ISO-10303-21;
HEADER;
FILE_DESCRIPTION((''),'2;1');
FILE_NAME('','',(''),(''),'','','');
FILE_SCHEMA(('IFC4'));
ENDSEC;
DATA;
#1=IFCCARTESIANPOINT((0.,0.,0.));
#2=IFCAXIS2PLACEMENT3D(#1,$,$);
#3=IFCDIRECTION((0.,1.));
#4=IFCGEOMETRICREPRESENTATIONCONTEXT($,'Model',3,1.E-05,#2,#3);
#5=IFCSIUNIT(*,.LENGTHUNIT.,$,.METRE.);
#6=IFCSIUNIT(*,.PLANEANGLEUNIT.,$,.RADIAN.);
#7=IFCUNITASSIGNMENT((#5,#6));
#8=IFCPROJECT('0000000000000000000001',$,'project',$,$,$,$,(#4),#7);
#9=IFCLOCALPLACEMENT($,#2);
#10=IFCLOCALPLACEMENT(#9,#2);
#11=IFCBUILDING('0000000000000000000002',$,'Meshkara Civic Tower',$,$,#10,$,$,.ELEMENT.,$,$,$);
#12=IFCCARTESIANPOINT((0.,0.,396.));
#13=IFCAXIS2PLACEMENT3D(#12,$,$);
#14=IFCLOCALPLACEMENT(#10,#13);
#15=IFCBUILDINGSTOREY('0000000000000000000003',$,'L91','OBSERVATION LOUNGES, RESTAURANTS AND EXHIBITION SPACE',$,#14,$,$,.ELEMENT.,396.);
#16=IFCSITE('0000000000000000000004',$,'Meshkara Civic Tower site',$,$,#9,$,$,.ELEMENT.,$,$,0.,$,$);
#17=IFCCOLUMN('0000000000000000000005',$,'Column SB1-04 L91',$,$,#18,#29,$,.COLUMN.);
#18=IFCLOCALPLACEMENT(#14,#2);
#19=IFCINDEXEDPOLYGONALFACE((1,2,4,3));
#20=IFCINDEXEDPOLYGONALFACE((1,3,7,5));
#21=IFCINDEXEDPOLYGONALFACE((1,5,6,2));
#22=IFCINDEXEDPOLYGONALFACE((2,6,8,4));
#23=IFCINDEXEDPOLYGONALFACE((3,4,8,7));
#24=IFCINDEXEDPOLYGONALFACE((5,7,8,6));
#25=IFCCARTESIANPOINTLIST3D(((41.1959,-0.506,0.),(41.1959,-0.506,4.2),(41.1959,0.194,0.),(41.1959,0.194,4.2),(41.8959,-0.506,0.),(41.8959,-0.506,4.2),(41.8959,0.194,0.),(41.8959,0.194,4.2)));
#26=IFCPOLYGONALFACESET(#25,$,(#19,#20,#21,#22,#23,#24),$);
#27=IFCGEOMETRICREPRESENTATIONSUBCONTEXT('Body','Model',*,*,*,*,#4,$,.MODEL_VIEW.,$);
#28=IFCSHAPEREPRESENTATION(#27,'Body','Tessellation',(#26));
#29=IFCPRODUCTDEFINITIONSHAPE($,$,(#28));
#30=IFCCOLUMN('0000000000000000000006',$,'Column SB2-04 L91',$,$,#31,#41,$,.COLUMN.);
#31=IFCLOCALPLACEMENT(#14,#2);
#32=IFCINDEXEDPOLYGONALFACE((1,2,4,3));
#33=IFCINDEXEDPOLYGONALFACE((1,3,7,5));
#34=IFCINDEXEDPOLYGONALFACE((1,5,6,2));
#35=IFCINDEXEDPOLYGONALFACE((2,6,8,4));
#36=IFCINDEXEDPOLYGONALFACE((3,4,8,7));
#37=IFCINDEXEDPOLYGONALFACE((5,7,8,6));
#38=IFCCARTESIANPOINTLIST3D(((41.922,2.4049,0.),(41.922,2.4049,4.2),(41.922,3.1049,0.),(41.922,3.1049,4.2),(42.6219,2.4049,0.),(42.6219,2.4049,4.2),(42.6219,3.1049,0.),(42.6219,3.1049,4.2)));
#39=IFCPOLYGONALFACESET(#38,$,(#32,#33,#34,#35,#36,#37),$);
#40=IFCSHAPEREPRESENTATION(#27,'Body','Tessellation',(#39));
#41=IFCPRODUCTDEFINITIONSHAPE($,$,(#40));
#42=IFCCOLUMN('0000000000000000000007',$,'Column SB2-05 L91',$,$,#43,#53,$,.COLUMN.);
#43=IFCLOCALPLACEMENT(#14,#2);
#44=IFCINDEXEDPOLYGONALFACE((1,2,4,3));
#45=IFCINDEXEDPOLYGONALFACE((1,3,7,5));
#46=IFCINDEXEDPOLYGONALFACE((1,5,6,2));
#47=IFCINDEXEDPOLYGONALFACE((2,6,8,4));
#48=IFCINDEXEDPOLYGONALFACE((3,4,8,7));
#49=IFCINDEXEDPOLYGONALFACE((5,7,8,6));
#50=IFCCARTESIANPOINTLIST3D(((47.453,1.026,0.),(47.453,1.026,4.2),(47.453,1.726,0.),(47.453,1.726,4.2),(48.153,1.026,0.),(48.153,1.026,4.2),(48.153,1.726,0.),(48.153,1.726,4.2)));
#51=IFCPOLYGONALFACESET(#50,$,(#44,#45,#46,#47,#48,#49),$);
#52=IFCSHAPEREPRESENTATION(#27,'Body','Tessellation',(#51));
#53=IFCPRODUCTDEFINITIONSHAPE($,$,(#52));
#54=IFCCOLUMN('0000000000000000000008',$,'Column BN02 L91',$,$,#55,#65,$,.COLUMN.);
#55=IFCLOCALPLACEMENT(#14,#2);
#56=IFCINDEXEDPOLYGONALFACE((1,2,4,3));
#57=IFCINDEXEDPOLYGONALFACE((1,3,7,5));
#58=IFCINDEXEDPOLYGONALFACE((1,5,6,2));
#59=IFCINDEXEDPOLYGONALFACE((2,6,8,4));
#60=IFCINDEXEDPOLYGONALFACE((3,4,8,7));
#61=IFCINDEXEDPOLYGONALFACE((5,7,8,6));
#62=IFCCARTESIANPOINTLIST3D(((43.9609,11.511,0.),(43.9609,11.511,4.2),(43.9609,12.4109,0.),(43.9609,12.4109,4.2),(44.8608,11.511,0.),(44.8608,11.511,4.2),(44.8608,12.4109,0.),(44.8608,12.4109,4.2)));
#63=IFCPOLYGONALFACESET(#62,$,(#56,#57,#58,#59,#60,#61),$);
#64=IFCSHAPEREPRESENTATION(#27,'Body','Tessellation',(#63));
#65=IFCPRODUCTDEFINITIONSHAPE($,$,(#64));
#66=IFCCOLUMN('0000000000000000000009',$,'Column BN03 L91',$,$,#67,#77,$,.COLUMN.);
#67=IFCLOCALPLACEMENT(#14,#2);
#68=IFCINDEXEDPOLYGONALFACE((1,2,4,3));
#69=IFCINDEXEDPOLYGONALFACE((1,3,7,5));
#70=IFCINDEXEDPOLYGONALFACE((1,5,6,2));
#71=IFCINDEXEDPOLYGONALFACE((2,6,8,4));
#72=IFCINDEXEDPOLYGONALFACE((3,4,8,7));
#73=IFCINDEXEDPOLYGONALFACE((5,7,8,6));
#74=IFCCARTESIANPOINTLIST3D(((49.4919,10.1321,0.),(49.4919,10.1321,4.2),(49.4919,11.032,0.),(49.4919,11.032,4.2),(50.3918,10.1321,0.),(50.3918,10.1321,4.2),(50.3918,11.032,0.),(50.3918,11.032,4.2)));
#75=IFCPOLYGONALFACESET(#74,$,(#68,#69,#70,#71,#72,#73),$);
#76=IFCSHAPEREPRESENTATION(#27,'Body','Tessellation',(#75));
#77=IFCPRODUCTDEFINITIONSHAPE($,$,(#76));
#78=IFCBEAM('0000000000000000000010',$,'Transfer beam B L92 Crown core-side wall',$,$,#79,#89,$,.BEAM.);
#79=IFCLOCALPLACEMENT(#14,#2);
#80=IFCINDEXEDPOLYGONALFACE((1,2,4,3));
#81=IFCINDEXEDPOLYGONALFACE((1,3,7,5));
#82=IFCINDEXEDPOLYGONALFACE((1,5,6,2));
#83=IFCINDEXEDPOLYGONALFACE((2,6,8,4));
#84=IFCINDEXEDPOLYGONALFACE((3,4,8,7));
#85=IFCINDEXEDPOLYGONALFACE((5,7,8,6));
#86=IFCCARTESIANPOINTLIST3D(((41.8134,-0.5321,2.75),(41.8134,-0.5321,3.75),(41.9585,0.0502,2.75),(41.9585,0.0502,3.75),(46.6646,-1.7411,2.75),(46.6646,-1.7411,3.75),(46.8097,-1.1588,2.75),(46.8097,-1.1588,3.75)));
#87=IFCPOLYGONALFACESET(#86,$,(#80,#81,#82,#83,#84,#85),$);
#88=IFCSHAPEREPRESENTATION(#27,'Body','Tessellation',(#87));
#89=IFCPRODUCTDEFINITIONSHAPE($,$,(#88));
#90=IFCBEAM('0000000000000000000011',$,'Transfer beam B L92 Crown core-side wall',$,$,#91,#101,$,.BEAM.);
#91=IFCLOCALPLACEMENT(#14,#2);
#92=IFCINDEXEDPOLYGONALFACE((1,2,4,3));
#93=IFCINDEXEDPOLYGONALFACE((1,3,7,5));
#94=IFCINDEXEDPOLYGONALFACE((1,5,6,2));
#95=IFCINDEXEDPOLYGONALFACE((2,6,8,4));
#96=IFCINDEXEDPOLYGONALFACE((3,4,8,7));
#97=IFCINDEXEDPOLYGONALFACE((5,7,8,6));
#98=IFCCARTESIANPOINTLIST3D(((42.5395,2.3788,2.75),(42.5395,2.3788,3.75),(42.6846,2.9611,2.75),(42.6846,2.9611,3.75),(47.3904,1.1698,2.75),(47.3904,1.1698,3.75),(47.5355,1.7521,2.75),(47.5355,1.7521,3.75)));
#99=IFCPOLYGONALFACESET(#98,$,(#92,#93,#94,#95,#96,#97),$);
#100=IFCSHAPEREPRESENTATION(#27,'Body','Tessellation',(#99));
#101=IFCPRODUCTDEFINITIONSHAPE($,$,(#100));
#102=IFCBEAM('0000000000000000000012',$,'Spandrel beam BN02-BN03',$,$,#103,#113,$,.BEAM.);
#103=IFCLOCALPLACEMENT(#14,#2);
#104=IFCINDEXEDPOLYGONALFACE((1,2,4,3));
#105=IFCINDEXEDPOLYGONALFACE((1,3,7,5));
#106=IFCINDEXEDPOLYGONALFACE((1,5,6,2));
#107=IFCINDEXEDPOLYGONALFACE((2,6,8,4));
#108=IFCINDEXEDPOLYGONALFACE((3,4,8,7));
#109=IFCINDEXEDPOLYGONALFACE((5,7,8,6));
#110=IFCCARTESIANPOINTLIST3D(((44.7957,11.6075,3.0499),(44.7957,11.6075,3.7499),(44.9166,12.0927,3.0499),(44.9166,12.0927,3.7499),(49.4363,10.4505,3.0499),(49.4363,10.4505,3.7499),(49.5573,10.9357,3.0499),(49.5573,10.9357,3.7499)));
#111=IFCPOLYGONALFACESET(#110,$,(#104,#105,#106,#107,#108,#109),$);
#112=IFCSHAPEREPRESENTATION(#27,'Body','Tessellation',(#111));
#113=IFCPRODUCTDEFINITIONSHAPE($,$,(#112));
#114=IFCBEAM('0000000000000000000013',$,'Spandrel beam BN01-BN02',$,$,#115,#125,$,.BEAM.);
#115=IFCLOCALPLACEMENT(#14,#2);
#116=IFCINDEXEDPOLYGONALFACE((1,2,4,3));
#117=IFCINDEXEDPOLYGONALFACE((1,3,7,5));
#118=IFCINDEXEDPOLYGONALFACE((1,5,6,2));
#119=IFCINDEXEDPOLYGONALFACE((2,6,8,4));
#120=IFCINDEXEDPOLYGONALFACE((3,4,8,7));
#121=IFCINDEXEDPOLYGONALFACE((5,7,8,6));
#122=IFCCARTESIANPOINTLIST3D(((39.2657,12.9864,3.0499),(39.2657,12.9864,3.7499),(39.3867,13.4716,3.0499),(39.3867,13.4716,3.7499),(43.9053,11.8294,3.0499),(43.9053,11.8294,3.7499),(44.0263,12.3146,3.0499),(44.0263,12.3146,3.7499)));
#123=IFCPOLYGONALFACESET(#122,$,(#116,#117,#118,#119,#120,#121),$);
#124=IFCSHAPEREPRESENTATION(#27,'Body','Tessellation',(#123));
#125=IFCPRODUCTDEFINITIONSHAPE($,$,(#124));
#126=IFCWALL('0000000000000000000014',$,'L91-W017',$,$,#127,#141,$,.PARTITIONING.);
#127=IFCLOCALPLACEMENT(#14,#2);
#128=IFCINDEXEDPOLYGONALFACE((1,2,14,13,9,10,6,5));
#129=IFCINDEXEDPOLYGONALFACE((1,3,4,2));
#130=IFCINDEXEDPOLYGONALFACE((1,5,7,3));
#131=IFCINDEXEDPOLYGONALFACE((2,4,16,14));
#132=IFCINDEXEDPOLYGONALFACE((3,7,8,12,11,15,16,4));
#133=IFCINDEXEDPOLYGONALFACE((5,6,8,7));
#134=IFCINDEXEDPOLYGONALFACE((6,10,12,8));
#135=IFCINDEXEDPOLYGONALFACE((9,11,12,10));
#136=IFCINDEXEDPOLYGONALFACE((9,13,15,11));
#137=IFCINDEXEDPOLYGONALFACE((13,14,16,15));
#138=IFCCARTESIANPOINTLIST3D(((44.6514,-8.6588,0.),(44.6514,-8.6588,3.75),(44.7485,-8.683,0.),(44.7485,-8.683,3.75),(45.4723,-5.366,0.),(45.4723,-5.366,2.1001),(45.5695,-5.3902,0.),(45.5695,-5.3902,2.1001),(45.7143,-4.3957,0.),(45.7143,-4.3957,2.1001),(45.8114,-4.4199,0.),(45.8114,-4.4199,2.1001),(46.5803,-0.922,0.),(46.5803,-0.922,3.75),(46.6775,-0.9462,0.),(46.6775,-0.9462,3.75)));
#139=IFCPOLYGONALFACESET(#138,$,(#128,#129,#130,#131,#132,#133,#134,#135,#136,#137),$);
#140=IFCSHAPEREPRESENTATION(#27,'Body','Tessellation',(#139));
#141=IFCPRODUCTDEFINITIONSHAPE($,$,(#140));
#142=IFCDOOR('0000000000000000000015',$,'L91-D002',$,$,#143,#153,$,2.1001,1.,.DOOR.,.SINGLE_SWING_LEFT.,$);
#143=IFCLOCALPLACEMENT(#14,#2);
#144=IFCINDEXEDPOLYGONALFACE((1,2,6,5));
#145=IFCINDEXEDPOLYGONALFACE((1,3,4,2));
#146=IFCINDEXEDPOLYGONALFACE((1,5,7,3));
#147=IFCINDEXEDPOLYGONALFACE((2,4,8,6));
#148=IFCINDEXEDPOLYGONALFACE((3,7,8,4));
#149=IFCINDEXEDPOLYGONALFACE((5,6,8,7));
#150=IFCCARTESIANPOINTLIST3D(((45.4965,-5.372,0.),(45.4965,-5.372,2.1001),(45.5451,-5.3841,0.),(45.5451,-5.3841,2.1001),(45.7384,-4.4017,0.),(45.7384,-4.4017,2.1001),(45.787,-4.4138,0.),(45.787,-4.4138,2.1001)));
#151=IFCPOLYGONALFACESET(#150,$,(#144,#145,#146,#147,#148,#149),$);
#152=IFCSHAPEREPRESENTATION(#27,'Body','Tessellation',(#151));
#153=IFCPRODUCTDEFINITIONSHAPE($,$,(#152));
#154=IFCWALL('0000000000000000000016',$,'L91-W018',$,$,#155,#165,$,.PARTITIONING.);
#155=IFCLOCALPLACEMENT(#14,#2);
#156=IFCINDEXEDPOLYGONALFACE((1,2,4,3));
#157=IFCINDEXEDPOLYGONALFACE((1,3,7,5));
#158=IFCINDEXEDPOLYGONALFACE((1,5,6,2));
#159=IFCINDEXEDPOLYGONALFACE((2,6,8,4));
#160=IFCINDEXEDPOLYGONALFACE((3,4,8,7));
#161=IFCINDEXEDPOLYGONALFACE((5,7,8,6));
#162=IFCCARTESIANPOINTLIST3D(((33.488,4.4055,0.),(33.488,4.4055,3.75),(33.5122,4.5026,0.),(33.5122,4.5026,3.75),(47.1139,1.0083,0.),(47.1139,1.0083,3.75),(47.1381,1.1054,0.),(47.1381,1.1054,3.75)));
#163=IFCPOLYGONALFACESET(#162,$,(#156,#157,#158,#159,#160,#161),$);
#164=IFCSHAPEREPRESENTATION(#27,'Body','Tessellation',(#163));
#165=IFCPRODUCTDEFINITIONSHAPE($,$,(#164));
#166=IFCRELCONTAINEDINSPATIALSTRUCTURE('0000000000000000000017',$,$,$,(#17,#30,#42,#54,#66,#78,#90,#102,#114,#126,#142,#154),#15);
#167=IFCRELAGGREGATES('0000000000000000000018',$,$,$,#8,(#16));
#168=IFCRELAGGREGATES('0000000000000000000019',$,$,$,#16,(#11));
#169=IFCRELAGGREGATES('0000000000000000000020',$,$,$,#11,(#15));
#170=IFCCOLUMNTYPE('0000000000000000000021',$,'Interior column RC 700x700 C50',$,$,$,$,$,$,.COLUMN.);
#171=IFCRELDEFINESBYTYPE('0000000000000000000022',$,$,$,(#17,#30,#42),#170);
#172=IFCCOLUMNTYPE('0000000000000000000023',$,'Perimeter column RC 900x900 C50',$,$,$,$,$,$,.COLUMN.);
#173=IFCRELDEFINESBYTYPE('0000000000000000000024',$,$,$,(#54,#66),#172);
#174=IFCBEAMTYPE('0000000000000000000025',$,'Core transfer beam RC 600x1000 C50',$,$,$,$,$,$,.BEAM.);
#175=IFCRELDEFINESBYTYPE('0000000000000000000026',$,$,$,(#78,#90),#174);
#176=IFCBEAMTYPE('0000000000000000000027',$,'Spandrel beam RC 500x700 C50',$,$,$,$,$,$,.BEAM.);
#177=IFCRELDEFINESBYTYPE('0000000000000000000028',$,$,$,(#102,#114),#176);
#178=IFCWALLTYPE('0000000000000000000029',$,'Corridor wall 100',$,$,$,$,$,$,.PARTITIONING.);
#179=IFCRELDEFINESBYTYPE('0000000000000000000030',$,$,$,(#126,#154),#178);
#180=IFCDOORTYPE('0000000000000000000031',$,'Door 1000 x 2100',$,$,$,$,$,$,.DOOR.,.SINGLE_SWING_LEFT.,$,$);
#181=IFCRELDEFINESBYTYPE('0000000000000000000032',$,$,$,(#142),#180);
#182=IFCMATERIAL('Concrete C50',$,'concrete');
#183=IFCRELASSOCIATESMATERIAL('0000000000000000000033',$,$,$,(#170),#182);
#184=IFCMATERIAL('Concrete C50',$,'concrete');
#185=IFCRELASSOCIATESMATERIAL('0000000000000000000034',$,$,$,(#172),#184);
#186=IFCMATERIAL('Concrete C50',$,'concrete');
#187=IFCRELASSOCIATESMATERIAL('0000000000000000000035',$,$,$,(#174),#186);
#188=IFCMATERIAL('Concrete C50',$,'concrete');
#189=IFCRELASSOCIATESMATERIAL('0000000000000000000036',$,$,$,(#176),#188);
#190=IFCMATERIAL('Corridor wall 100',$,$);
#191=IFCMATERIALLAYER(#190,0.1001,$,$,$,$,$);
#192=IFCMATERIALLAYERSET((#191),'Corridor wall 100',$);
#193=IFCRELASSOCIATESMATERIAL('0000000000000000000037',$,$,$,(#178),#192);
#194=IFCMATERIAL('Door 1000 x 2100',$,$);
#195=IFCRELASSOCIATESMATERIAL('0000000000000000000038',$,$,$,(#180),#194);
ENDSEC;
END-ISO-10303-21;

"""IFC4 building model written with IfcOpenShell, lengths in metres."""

from ifc_helpers import new_model, si_unit, direction, frame, frame_2d, origin, origin_2d, place, context, subcontext, project, spatial, rectangle, extrude, material, layer, layer_set, material_profile, profile_set, type_object, element, fill, save


model = new_model("IFC4")

# Units and contexts
model_context = context("Model", 3, precision=1e-05, world=origin(), true_north=direction((0.0, 1.0)))
body_context = subcontext(model_context, "Body", "Model", "MODEL_VIEW")
ifc_project = project(units=[si_unit("LENGTHUNIT", "METRE"), si_unit("PLANEANGLEUNIT", "RADIAN")], contexts=[model_context])

# Site, building, storey
site_placement = place(None, origin())
site = spatial("IfcSite", under=ifc_project, at=site_placement, Name="Meshkara Civic Tower site", CompositionType="ELEMENT", RefElevation=0.0)
building_placement = place(site_placement, origin())
building = spatial("IfcBuilding", under=site, at=building_placement, Name="Meshkara Civic Tower", CompositionType="ELEMENT")
storey_placement = place(building_placement, frame((0.0, 0.0, 396.0)))
storey = spatial("IfcBuildingStorey", under=building, at=storey_placement, Name="L91", Description="OBSERVATION LOUNGES, RESTAURANTS AND EXHIBITION SPACE", CompositionType="ELEMENT", Elevation=396.0)

# Columns
ifc_material_1 = material(Name="Concrete C50", Category="concrete")
ifc_material_profile_1 = material_profile(ifc_material_1, rectangle(XDim=0.7, YDim=0.7, at=origin_2d()))
ifc_profile_set_1 = profile_set([ifc_material_profile_1], Name="Concrete C50")
column_type_1 = type_object("IfcColumnType", Name="Interior column RC 700x700 C50", PredefinedType="COLUMN", material=ifc_profile_set_1)
for number, where, z_axis, x_axis, name in (
    (1, (41.5459, -0.156, 0.0), (0.0, 0.0, 1.0), (1.0, 0.0, 0.0), "Column SB1-04 L91"),
    (2, (42.272, 2.7549, 0.0), (0.0, 0.0, 1.0), (1.0, 0.0, 0.0), "Column SB2-04 L91"),
    (3, (47.803, 1.376, 0.0), (0.0, 0.0, 1.0), (1.0, 0.0, 0.0), "Column SB2-05 L91"),
):
    element("IfcColumn", number, at=place(storey_placement, frame(where, z_axis=z_axis, x_axis=x_axis)), inside=storey, type_object=column_type_1, Name=name, PredefinedType="COLUMN", context=body_context, shape_type="SweptSolid", body=[
        extrude(rectangle(XDim=0.7, YDim=0.7, at=origin_2d()), origin(), (0.0, 0.0, 1.0), 4.2),
    ])
ifc_material_2 = material(Name="Concrete C50", Category="concrete")
ifc_material_profile_2 = material_profile(ifc_material_2, rectangle(XDim=0.8999, YDim=0.8999, at=origin_2d()))
ifc_profile_set_2 = profile_set([ifc_material_profile_2], Name="Concrete C50")
column_type_2 = type_object("IfcColumnType", Name="Perimeter column RC 900x900 C50", PredefinedType="COLUMN", material=ifc_profile_set_2)
for number, where, z_axis, x_axis, name in (
    (4, (44.4109, 11.9609, 0.0), (0.0, 0.0, 1.0), (1.0, 0.0, 0.0), "Column BN02 L91"),
    (5, (49.9419, 10.582, 0.0), (0.0, 0.0, 1.0), (1.0, 0.0, 0.0), "Column BN03 L91"),
):
    element("IfcColumn", number, at=place(storey_placement, frame(where, z_axis=z_axis, x_axis=x_axis)), inside=storey, type_object=column_type_2, Name=name, PredefinedType="COLUMN", context=body_context, shape_type="SweptSolid", body=[
        extrude(rectangle(XDim=0.8999, YDim=0.8999, at=origin_2d()), origin(), (0.0, 0.0, 1.0), 4.2),
    ])

# Beams
ifc_material_3 = material(Name="Concrete C50", Category="concrete")
ifc_material_profile_3 = material_profile(ifc_material_3, rectangle(XDim=0.6001, YDim=1.0, at=origin_2d()))
ifc_profile_set_3 = profile_set([ifc_material_profile_3], Name="Concrete C50")
beam_type_1 = type_object("IfcBeamType", Name="Core transfer beam RC 600x1000 C50", PredefinedType="BEAM", material=ifc_profile_set_3)
beam_1_placement = place(storey_placement, frame((41.886, -0.241, 3.25), z_axis=(0.97032, -0.241823, 0.0), x_axis=(0.241823, 0.97032, 0.0)))
element("IfcBeam", 6, at=beam_1_placement, inside=storey, type_object=beam_type_1, Name="Transfer beam B L92 Crown core-side wall", PredefinedType="BEAM", context=body_context, shape_type="SweptSolid", body=[
    extrude(rectangle(XDim=0.6001, YDim=1.0, at=origin_2d()), origin(), (0.0, 0.0, 1.0), 4.9995),
])
beam_2_placement = place(storey_placement, frame((42.6121, 2.6699, 3.25), z_axis=(0.970317, -0.241835, 0.0), x_axis=(0.241835, 0.970317, 0.0)))
element("IfcBeam", 7, at=beam_2_placement, inside=storey, type_object=beam_type_1, Name="Transfer beam B L92 Crown core-side wall", PredefinedType="BEAM", context=body_context, shape_type="SweptSolid", body=[
    extrude(rectangle(XDim=0.6001, YDim=1.0, at=origin_2d()), origin(), (0.0, 0.0, 1.0), 4.9993),
])
ifc_material_4 = material(Name="Concrete C50", Category="concrete")
ifc_material_profile_4 = material_profile(ifc_material_4, rectangle(XDim=0.5, YDim=0.7, at=origin_2d()))
ifc_profile_set_4 = profile_set([ifc_material_profile_4], Name="Concrete C50")
beam_type_2 = type_object("IfcBeamType", Name="Spandrel beam RC 500x700 C50", PredefinedType="BEAM", material=ifc_profile_set_4)
beam_3_placement = place(storey_placement, frame((49.4968, 10.6931, 3.3999), z_axis=(-0.970298, 0.241911, 0.0), x_axis=(-0.241911, -0.970298, 0.0)))
element("IfcBeam", 8, at=beam_3_placement, inside=storey, type_object=beam_type_2, Name="Spandrel beam BN02-BN03", PredefinedType="BEAM", context=body_context, shape_type="SweptSolid", body=[
    extrude(rectangle(XDim=0.5, YDim=0.7, at=origin_2d()), origin(), (0.0, 0.0, 1.0), 4.7827),
])
beam_4_placement = place(storey_placement, frame((43.9658, 12.072, 3.3999), z_axis=(-0.970286, 0.241959, 0.0), x_axis=(-0.241959, -0.970286, 0.0)))
element("IfcBeam", 9, at=beam_4_placement, inside=storey, type_object=beam_type_2, Name="Spandrel beam BN01-BN02", PredefinedType="BEAM", context=body_context, shape_type="SweptSolid", body=[
    extrude(rectangle(XDim=0.5, YDim=0.7, at=origin_2d()), origin(), (0.0, 0.0, 1.0), 4.7817),
])

# Wall, opening, door
ifc_material_5 = material(Name="Corridor wall 100")
ifc_layer_1 = layer(ifc_material_5, 0.1001)
ifc_layer_set_1 = layer_set([ifc_layer_1], Name="Corridor wall 100")
wall_type_1 = type_object("IfcWallType", Name="Corridor wall 100", PredefinedType="PARTITIONING", material=ifc_layer_set_1)
wall_1_placement = place(storey_placement, frame((46.6289, -0.9341, 0.0), z_axis=(0.0, 0.0, 1.0), x_axis=(-0.241916, -0.970297, 0.0)))
wall_1 = element("IfcWall", 10, at=wall_1_placement, inside=storey, type_object=wall_type_1, Name="L91-W017", PredefinedType="PARTITIONING", context=body_context, shape_type="SweptSolid", body=[
    extrude(rectangle(XDim=7.9736, YDim=0.1001, at=frame_2d((3.9868, 0.0))), origin(), (0.0, 0.0, 1.0), 3.75),
])
opening_1_placement = place(wall_1_placement, frame((3.5801, 0.0, 0.0)))
opening_1 = element("IfcOpeningElement", 11, at=opening_1_placement, cuts=wall_1, PredefinedType="OPENING", context=body_context, shape_type="SweptSolid", body=[
    extrude(rectangle(XDim=1.0, YDim=2.1001, at=frame_2d((0.5, 1.05))), frame((0.0, 0.0601, 0.0), z_axis=(0.0, -1.0, 0.0), x_axis=(1.0, 0.0, 0.0)), (0.0, 0.0, 1.0), 0.1201),
])
ifc_material_6 = material(Name="Door 1000 x 2100")
door_type = type_object("IfcDoorType", Name="Door 1000 x 2100", OperationType="SINGLE_SWING_LEFT", PredefinedType="DOOR", material=ifc_material_6)
door_1_placement = place(opening_1_placement, origin())
door_1 = element("IfcDoor", 12, at=door_1_placement, inside=storey, type_object=door_type, Name="L91-D002", OperationType="SINGLE_SWING_LEFT", OverallHeight=2.1001, OverallWidth=1.0, PredefinedType="DOOR", context=body_context, shape_type="SweptSolid", body=[
    extrude(rectangle(XDim=1.0, YDim=2.1001, at=frame_2d((0.5, 1.05))), frame((0.0, 0.0249, 0.0), z_axis=(0.0, -1.0, 0.0), x_axis=(1.0, 0.0, 0.0)), (0.0, 0.0, 1.0), 0.05),
])
fill(opening_1, door_1)

# Wall
wall_2_placement = place(storey_placement, frame((47.126, 1.0569, 0.0), z_axis=(0.0, 0.0, 1.0), x_axis=(-0.970298, 0.241914, 0.0)))
element("IfcWall", 13, at=wall_2_placement, inside=storey, type_object=wall_type_1, Name="L91-W018", PredefinedType="PARTITIONING", context=body_context, shape_type="SweptSolid", body=[
    extrude(rectangle(XDim=14.043, YDim=0.1001, at=frame_2d((7.0215, 0.0))), origin(), (0.0, 0.0, 1.0), 3.75),
])

save(model, "model.ifc")
